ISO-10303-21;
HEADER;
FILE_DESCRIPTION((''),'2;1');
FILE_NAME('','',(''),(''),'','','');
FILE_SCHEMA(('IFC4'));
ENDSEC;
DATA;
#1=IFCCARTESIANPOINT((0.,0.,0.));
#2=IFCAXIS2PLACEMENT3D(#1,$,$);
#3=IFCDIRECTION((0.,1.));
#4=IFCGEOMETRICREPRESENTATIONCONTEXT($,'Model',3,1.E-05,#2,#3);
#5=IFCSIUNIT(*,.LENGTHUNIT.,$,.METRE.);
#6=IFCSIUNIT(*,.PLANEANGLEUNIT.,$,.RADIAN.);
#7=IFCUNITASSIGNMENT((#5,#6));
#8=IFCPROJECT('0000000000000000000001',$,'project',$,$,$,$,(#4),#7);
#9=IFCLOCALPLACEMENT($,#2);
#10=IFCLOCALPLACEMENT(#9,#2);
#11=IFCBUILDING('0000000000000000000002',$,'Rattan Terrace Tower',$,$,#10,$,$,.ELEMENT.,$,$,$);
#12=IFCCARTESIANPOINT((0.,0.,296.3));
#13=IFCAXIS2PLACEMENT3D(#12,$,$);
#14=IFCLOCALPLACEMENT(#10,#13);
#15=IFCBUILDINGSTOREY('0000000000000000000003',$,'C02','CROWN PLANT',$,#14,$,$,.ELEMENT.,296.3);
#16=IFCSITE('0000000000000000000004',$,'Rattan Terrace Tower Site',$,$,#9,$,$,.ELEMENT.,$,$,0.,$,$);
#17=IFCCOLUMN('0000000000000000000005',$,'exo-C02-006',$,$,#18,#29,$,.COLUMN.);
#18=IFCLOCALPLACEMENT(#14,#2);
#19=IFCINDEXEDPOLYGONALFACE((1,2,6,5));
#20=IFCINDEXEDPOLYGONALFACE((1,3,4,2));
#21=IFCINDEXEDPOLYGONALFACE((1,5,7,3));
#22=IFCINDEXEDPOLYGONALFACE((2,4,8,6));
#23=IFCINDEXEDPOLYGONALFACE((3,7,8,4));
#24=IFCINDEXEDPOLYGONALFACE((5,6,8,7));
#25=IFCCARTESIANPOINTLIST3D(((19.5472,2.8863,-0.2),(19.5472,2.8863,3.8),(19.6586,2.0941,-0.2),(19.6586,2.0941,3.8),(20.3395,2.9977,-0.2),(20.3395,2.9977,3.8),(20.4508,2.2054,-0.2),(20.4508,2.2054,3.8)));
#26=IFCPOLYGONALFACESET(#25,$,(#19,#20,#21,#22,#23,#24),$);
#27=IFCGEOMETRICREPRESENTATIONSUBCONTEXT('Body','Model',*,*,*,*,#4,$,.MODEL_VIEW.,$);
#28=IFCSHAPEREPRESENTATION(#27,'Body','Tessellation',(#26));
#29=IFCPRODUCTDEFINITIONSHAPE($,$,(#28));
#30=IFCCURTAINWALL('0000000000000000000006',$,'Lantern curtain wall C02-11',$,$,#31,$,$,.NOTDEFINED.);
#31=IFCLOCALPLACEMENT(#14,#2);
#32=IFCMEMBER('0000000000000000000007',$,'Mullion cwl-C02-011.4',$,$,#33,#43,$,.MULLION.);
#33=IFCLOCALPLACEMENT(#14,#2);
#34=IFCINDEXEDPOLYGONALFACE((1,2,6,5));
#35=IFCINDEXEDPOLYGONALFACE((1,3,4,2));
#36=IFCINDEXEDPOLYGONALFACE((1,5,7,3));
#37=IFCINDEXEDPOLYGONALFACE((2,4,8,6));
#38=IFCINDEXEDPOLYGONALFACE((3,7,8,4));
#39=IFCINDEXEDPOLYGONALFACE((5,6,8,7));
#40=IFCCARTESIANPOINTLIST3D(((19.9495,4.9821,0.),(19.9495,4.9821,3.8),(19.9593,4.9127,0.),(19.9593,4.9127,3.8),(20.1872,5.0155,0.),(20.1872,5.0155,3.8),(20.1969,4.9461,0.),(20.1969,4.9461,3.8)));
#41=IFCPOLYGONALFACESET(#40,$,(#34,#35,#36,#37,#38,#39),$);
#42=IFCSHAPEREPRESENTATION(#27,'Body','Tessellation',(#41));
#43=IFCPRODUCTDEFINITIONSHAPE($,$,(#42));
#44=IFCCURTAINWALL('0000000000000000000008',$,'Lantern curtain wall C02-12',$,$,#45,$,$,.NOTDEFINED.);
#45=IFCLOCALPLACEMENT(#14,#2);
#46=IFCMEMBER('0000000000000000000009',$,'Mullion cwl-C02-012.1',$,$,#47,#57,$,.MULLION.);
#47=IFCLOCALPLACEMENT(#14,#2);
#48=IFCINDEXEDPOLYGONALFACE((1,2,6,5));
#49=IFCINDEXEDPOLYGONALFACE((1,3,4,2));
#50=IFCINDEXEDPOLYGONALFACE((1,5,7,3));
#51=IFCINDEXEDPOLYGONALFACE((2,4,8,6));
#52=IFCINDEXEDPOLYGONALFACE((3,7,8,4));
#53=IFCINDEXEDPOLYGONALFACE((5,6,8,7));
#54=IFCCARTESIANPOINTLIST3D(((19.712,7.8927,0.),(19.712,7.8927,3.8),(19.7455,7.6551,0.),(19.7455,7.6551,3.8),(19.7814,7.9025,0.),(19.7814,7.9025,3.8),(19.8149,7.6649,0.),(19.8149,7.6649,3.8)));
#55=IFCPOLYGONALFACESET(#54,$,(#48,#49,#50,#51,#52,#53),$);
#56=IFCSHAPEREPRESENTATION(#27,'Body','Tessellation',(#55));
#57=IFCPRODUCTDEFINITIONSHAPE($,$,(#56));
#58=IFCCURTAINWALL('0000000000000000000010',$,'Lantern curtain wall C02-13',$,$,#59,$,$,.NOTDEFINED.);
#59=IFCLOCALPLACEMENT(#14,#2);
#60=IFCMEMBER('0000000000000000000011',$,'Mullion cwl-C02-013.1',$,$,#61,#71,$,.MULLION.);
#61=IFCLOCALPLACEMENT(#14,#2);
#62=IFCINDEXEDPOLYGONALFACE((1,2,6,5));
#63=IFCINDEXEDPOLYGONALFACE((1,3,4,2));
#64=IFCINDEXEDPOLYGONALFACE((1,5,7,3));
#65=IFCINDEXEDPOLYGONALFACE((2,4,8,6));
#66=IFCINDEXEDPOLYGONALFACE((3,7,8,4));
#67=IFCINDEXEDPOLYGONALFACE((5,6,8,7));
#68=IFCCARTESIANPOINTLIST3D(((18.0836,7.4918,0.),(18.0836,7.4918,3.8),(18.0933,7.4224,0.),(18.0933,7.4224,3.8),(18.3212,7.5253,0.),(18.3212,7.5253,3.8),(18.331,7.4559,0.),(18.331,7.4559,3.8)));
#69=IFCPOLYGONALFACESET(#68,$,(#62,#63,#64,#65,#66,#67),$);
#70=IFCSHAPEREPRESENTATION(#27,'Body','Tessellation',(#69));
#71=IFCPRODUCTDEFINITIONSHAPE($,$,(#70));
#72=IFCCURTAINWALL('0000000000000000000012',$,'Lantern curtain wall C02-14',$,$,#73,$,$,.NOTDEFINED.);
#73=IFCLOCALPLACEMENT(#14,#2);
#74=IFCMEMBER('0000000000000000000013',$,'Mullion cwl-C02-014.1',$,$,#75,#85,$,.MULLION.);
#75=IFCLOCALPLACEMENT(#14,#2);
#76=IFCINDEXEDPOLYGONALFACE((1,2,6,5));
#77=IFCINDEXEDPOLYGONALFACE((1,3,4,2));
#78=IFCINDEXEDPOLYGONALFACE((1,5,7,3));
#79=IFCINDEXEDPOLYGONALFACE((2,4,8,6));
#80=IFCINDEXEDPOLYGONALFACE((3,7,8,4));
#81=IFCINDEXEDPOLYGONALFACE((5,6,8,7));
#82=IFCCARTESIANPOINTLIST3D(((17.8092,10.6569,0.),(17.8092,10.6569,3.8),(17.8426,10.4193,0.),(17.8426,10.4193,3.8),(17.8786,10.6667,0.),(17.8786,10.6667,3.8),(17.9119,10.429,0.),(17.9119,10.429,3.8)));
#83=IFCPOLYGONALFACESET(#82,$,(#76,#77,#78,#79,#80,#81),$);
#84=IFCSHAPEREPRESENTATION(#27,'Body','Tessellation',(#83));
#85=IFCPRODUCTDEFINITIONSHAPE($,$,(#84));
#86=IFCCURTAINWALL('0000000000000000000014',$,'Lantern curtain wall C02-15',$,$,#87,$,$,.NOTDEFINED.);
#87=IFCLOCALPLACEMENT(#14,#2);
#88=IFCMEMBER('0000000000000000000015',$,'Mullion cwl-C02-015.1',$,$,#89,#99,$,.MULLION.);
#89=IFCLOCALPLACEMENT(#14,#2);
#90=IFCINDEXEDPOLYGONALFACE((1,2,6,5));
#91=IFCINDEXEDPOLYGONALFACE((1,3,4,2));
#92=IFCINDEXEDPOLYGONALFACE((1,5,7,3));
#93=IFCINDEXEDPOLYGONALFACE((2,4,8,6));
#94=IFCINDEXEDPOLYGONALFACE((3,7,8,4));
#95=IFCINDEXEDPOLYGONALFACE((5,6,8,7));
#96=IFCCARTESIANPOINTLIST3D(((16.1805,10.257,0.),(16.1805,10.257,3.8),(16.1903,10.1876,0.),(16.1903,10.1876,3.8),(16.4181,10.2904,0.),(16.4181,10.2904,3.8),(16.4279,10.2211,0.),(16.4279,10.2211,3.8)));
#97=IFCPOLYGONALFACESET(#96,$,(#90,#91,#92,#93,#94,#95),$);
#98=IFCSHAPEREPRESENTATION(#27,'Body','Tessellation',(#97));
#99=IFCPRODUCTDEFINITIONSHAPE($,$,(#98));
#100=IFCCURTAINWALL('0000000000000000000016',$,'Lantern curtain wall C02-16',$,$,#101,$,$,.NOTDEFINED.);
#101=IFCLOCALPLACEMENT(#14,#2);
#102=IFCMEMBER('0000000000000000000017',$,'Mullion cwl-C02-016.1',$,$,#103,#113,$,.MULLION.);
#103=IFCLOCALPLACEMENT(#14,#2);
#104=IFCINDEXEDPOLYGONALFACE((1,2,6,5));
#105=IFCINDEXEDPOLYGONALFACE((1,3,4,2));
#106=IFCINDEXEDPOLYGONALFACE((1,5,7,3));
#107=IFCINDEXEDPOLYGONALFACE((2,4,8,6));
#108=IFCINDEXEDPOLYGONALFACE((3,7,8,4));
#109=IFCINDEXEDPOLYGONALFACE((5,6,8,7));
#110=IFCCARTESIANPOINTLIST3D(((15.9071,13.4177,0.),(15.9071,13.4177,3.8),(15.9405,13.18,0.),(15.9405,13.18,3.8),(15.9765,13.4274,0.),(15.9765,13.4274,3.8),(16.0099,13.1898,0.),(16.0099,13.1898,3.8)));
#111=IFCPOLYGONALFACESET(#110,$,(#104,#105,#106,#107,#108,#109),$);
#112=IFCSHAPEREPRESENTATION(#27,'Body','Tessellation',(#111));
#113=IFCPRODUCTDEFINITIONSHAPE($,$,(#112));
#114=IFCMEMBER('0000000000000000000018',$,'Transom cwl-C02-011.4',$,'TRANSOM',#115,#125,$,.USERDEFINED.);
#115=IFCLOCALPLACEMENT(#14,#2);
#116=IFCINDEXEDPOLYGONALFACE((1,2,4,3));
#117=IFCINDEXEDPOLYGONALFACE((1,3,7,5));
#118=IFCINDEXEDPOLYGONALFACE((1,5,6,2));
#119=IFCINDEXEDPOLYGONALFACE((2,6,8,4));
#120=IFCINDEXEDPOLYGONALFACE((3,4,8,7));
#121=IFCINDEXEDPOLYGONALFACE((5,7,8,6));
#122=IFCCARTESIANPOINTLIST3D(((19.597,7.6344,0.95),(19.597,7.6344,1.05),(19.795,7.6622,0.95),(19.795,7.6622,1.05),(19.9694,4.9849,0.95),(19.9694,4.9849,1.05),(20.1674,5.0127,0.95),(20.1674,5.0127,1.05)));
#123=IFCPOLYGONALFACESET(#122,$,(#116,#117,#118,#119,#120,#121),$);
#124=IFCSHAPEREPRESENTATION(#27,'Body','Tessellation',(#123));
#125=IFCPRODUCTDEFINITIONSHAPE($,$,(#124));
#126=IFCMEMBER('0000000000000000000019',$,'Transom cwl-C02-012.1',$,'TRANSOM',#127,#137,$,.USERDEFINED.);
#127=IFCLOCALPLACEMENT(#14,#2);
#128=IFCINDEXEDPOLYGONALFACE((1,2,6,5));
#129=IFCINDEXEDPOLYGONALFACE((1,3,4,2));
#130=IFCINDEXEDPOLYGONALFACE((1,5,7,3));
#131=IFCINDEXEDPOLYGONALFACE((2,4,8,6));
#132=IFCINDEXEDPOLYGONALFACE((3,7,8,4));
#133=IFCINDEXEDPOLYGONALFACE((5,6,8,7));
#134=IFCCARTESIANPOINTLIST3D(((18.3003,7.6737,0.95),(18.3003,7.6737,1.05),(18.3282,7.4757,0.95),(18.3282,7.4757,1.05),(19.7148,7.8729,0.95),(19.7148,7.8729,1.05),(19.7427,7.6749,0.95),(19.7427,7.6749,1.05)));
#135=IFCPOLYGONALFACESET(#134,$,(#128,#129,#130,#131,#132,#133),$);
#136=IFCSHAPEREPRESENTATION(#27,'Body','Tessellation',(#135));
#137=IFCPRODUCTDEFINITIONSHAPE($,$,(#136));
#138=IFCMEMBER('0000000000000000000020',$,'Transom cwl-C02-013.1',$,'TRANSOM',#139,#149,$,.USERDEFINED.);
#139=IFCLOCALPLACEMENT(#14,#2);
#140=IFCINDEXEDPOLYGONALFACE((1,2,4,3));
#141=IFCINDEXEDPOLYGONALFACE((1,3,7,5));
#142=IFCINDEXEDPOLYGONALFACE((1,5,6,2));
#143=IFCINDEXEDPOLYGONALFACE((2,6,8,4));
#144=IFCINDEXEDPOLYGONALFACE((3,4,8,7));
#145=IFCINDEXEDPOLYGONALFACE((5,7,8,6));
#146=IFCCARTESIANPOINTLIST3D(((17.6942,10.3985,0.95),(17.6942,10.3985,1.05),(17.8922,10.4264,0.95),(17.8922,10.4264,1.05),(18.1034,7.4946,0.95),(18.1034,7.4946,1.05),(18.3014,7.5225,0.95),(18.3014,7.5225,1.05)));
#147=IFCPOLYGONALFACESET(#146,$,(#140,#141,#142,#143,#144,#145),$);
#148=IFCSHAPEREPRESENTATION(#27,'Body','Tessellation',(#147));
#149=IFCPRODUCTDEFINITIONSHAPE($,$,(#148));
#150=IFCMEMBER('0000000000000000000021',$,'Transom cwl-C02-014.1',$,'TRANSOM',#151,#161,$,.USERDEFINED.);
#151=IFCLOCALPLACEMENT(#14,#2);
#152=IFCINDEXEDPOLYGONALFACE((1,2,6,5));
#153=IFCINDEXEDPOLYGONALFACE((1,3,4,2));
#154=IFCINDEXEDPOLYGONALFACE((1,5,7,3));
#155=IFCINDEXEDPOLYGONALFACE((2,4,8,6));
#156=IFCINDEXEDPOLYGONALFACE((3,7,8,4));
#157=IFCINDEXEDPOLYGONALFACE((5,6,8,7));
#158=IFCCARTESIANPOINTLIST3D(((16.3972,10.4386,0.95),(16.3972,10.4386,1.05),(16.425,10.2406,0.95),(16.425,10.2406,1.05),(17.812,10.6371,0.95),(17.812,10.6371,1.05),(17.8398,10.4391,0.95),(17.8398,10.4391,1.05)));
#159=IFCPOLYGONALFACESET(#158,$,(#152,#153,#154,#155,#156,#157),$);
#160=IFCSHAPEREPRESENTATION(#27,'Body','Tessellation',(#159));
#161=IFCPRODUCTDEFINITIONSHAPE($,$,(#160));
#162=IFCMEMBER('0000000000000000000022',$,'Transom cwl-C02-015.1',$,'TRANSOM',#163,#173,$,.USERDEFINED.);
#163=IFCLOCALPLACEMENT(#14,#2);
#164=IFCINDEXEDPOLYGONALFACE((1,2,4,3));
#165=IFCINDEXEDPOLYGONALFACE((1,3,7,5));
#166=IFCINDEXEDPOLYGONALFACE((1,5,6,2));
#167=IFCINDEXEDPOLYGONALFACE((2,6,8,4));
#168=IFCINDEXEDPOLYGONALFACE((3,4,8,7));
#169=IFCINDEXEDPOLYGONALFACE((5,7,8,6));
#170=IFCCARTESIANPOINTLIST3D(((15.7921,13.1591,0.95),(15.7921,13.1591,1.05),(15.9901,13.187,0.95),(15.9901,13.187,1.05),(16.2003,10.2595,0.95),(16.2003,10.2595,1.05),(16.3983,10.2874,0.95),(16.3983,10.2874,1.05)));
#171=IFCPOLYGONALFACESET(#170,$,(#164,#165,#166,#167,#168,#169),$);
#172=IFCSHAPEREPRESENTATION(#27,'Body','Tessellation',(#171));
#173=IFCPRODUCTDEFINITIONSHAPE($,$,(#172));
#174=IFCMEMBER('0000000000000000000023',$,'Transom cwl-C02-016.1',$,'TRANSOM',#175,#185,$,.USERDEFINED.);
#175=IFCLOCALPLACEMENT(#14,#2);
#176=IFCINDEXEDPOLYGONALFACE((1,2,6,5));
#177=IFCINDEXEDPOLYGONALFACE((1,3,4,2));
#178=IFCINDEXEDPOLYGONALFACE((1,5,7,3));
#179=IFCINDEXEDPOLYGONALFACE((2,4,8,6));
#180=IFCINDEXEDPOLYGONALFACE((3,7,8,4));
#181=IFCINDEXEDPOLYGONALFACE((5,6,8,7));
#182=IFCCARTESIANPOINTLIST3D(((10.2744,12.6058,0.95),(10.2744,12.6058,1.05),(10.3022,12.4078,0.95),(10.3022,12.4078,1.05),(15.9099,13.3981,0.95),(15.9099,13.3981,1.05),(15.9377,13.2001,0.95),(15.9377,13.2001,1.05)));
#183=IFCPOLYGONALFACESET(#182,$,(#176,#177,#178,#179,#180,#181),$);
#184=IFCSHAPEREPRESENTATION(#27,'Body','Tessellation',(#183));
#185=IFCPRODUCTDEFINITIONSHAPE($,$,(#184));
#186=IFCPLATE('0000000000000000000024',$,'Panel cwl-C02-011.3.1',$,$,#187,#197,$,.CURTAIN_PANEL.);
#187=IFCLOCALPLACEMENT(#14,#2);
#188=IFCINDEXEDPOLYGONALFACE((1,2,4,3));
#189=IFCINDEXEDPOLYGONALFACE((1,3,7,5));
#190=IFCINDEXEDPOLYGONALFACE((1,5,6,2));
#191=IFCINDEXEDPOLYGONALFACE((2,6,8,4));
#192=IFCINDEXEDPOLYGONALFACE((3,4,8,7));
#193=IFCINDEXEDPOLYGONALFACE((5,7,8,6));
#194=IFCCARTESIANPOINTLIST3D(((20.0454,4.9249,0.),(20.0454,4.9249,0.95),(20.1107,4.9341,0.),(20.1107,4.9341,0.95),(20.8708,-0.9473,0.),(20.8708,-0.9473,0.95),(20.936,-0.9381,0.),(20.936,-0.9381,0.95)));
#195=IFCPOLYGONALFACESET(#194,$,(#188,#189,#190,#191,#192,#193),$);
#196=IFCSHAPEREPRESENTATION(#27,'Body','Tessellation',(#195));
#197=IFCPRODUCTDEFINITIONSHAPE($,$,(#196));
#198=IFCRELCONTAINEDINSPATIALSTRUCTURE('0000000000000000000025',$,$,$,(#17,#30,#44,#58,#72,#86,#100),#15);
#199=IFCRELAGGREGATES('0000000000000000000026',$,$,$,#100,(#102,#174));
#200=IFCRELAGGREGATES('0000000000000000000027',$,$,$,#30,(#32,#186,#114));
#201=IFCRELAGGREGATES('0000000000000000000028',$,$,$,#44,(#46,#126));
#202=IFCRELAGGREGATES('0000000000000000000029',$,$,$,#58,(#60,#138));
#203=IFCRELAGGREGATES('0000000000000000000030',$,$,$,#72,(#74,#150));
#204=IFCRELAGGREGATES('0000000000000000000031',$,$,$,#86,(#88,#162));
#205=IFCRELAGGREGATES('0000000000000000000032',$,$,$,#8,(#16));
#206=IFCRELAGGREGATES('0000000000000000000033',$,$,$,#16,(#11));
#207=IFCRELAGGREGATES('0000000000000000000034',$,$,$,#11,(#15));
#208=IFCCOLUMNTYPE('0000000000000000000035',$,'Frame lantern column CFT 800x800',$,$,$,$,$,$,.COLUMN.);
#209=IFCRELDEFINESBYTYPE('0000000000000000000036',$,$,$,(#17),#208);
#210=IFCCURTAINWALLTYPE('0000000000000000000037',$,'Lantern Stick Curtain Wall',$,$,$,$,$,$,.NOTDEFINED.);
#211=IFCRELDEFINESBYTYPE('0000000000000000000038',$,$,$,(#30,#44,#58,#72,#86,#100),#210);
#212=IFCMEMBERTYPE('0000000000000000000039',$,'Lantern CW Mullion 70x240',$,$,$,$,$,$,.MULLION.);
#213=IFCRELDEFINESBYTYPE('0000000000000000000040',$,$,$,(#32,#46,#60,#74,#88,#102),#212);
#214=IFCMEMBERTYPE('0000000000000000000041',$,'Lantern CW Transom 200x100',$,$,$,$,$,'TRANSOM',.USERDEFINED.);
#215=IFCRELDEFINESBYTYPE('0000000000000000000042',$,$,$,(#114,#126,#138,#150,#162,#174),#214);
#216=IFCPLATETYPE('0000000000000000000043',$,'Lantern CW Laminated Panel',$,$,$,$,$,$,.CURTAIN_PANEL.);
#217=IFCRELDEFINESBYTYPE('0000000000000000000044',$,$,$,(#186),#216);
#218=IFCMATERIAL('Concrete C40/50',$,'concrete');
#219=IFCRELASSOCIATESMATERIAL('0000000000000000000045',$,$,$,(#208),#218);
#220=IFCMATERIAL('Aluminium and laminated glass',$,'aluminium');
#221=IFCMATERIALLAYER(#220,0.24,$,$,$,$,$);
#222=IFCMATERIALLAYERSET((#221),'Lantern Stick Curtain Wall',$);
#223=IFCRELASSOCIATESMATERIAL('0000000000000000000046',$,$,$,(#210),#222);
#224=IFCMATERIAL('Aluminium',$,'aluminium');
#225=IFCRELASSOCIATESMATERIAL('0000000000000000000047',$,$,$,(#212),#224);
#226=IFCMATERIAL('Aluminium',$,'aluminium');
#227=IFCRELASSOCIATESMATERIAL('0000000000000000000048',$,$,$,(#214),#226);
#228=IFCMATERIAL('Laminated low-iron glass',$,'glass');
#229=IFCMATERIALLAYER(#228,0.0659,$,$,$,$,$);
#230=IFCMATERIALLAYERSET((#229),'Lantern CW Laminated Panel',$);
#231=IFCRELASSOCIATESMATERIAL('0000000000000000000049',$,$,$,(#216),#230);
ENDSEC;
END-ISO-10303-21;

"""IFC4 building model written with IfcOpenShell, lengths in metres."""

from ifc_helpers import new_model, si_unit, direction, frame, origin, origin_2d, place, context, subcontext, project, spatial, rectangle, extrude, material, layer, layer_set, material_profile, profile_set, type_object, element, aggregate, save


model = new_model("IFC4")

# Units and contexts
model_context = context("Model", 3, precision=1e-05, world=origin(), true_north=direction((0.0, 1.0)))
body_context = subcontext(model_context, "Body", "Model", "MODEL_VIEW")
ifc_project = project(units=[si_unit("LENGTHUNIT", "METRE"), si_unit("PLANEANGLEUNIT", "RADIAN")], contexts=[model_context])

# Site, building, storey
site_placement = place(None, origin())
site = spatial("IfcSite", under=ifc_project, at=site_placement, Name="Rattan Terrace Tower Site", CompositionType="ELEMENT", RefElevation=0.0)
building_placement = place(site_placement, origin())
building = spatial("IfcBuilding", under=site, at=building_placement, Name="Rattan Terrace Tower", CompositionType="ELEMENT")
storey_placement = place(building_placement, frame((0.0, 0.0, 296.3)))
storey = spatial("IfcBuildingStorey", under=building, at=storey_placement, Name="C02", Description="CROWN PLANT", CompositionType="ELEMENT", Elevation=296.3)

# Column
ifc_material_1 = material(Name="Concrete C40/50", Category="concrete")
ifc_material_profile_1 = material_profile(ifc_material_1, rectangle(XDim=0.8, YDim=0.8, at=origin_2d()), Name="CFT 800x800")
ifc_profile_set_1 = profile_set([ifc_material_profile_1], Name="Concrete C40/50")
column_type = type_object("IfcColumnType", Name="Frame lantern column CFT 800x800", PredefinedType="COLUMN", material=ifc_profile_set_1)
column_placement = place(storey_placement, frame((19.999, 2.5459, -0.2), z_axis=(0.0, 0.0, 1.0), x_axis=(-0.13919, 0.990266, 0.0)))
element("IfcColumn", 1, at=column_placement, inside=storey, type_object=column_type, Name="exo-C02-006", PredefinedType="COLUMN", context=body_context, shape_type="SweptSolid", body=[
    extrude(rectangle(XDim=0.8, YDim=0.8, at=origin_2d()), origin(), (0.0, 0.0, 1.0), 4.0),
])

# Curtain walls, members
ifc_material_2 = material(Name="Aluminium and laminated glass", Category="aluminium")
ifc_layer_1 = layer(ifc_material_2, 0.24)
ifc_layer_set_1 = layer_set([ifc_layer_1], Name="Lantern Stick Curtain Wall")
curtain_wall_type = type_object("IfcCurtainWallType", Name="Lantern Stick Curtain Wall", PredefinedType="NOTDEFINED", material=ifc_layer_set_1)
curtain_wall_1_placement = place(storey_placement, origin())
curtain_wall_1 = element("IfcCurtainWall", 2, at=curtain_wall_1_placement, inside=storey, type_object=curtain_wall_type, Name="Lantern curtain wall C02-11", PredefinedType="NOTDEFINED")
ifc_material_3 = material(Name="Aluminium", Category="aluminium")
ifc_material_profile_2 = material_profile(ifc_material_3, rectangle(XDim=0.0701, YDim=0.24, at=origin_2d()), Name="Aluminium 70x240")
ifc_profile_set_2 = profile_set([ifc_material_profile_2], Name="Aluminium")
member_type_1 = type_object("IfcMemberType", Name="Lantern CW Mullion 70x240", PredefinedType="MULLION", material=ifc_profile_set_2)
member_1_placement = place(storey_placement, frame((20.0732, 4.9641, 0.0), z_axis=(0.0, 0.0, 1.0), x_axis=(-0.139188, 0.990266, 0.0)))
member_1 = element("IfcMember", 3, at=member_1_placement, type_object=member_type_1, Name="Mullion cwl-C02-011.4", PredefinedType="MULLION", context=body_context, shape_type="SweptSolid", body=[
    extrude(rectangle(XDim=0.0701, YDim=0.24, at=origin_2d()), origin(), (0.0, 0.0, 1.0), 3.8),
])
curtain_wall_2_placement = place(storey_placement, origin())
curtain_wall_2 = element("IfcCurtainWall", 4, at=curtain_wall_2_placement, inside=storey, type_object=curtain_wall_type, Name="Lantern curtain wall C02-12", PredefinedType="NOTDEFINED")
member_2_placement = place(storey_placement, frame((19.7634, 7.7788, 0.0), z_axis=(0.0, 0.0, 1.0), x_axis=(-0.990228, -0.139459, 0.0)))
member_2 = element("IfcMember", 5, at=member_2_placement, type_object=member_type_1, Name="Mullion cwl-C02-012.1", PredefinedType="MULLION", context=body_context, shape_type="SweptSolid", body=[
    extrude(rectangle(XDim=0.0701, YDim=0.24, at=origin_2d()), origin(), (0.0, 0.0, 1.0), 3.8),
])
curtain_wall_3_placement = place(storey_placement, origin())
curtain_wall_3 = element("IfcCurtainWall", 6, at=curtain_wall_3_placement, inside=storey, type_object=curtain_wall_type, Name="Lantern curtain wall C02-13", PredefinedType="NOTDEFINED")
member_3_placement = place(storey_placement, frame((18.2073, 7.4739, 0.0), z_axis=(0.0, 0.0, 1.0), x_axis=(-0.139556, 0.990214, 0.0)))
member_3 = element("IfcMember", 7, at=member_3_placement, type_object=member_type_1, Name="Mullion cwl-C02-013.1", PredefinedType="MULLION", context=body_context, shape_type="SweptSolid", body=[
    extrude(rectangle(XDim=0.0701, YDim=0.24, at=origin_2d()), origin(), (0.0, 0.0, 1.0), 3.8),
])
curtain_wall_4_placement = place(storey_placement, origin())
curtain_wall_4 = element("IfcCurtainWall", 8, at=curtain_wall_4_placement, inside=storey, type_object=curtain_wall_type, Name="Lantern curtain wall C02-14", PredefinedType="NOTDEFINED")
member_4_placement = place(storey_placement, frame((17.8606, 10.543, 0.0), z_axis=(0.0, 0.0, 1.0), x_axis=(-0.99032, -0.138805, 0.0)))
member_4 = element("IfcMember", 9, at=member_4_placement, type_object=member_type_1, Name="Mullion cwl-C02-014.1", PredefinedType="MULLION", context=body_context, shape_type="SweptSolid", body=[
    extrude(rectangle(XDim=0.0701, YDim=0.24, at=origin_2d()), origin(), (0.0, 0.0, 1.0), 3.8),
])
curtain_wall_5_placement = place(storey_placement, origin())
curtain_wall_5 = element("IfcCurtainWall", 10, at=curtain_wall_5_placement, inside=storey, type_object=curtain_wall_type, Name="Lantern curtain wall C02-15", PredefinedType="NOTDEFINED")
member_5_placement = place(storey_placement, frame((16.3042, 10.239, 0.0), z_axis=(0.0, 0.0, 1.0), x_axis=(-0.139413, 0.990234, 0.0)))
member_5 = element("IfcMember", 11, at=member_5_placement, type_object=member_type_1, Name="Mullion cwl-C02-015.1", PredefinedType="MULLION", context=body_context, shape_type="SweptSolid", body=[
    extrude(rectangle(XDim=0.0701, YDim=0.24, at=origin_2d()), origin(), (0.0, 0.0, 1.0), 3.8),
])
curtain_wall_6_placement = place(storey_placement, origin())
curtain_wall_6 = element("IfcCurtainWall", 12, at=curtain_wall_6_placement, inside=storey, type_object=curtain_wall_type, Name="Lantern curtain wall C02-16", PredefinedType="NOTDEFINED")
member_6_placement = place(storey_placement, frame((15.9585, 13.3037, 0.0), z_axis=(0.0, 0.0, 1.0), x_axis=(-0.990267, -0.139181, 0.0)))
member_6 = element("IfcMember", 13, at=member_6_placement, type_object=member_type_1, Name="Mullion cwl-C02-016.1", PredefinedType="MULLION", context=body_context, shape_type="SweptSolid", body=[
    extrude(rectangle(XDim=0.0701, YDim=0.24, at=origin_2d()), origin(), (0.0, 0.0, 1.0), 3.8),
])

# Members
ifc_material_4 = material(Name="Aluminium", Category="aluminium")
ifc_material_profile_3 = material_profile(ifc_material_4, rectangle(XDim=0.2, YDim=0.1001, at=origin_2d()), Name="Aluminium 200x100")
ifc_profile_set_3 = profile_set([ifc_material_profile_3], Name="Aluminium")
member_type_2 = type_object("IfcMemberType", Name="Lantern CW Transom 200x100", ElementType="TRANSOM", PredefinedType="USERDEFINED", material=ifc_profile_set_3)
member_7_placement = place(storey_placement, frame((20.0684, 4.9988, 1.0), z_axis=(-0.13916, 0.99027, 0.0), x_axis=(-0.99027, -0.13916, 0.0)))
member_7 = element("IfcMember", 14, at=member_7_placement, type_object=member_type_2, Name="Transom cwl-C02-011.4", ObjectType="TRANSOM", PredefinedType="USERDEFINED", context=body_context, shape_type="SweptSolid", body=[
    extrude(rectangle(XDim=0.2, YDim=0.1001, at=origin_2d()), origin(), (0.0, 0.0, 1.0), 2.6755),
])
member_8_placement = place(storey_placement, frame((19.7288, 7.7739, 1.0), z_axis=(-0.990228, -0.139459, 0.0), x_axis=(0.139459, -0.990228, 0.0)))
member_8 = element("IfcMember", 15, at=member_8_placement, type_object=member_type_2, Name="Transom cwl-C02-012.1", ObjectType="TRANSOM", PredefinedType="USERDEFINED", context=body_context, shape_type="SweptSolid", body=[
    extrude(rectangle(XDim=0.2, YDim=0.1001, at=origin_2d()), origin(), (0.0, 0.0, 1.0), 1.4285),
])
member_9_placement = place(storey_placement, frame((18.2024, 7.5085, 1.0), z_axis=(-0.139533, 0.990217, 0.0), x_axis=(-0.990217, -0.139533, 0.0)))
member_9 = element("IfcMember", 16, at=member_9_placement, type_object=member_type_2, Name="Transom cwl-C02-013.1", ObjectType="TRANSOM", PredefinedType="USERDEFINED", context=body_context, shape_type="SweptSolid", body=[
    extrude(rectangle(XDim=0.2, YDim=0.1001, at=origin_2d()), origin(), (0.0, 0.0, 1.0), 2.9326),
])
member_10_placement = place(storey_placement, frame((17.8259, 10.5381, 1.0), z_axis=(-0.990302, -0.138933, 0.0), x_axis=(0.138933, -0.990302, 0.0)))
member_10 = element("IfcMember", 17, at=member_10_placement, type_object=member_type_2, Name="Transom cwl-C02-014.1", ObjectType="TRANSOM", PredefinedType="USERDEFINED", context=body_context, shape_type="SweptSolid", body=[
    extrude(rectangle(XDim=0.2, YDim=0.1001, at=origin_2d()), origin(), (0.0, 0.0, 1.0), 1.4287),
])
member_11_placement = place(storey_placement, frame((16.2993, 10.2734, 1.0), z_axis=(-0.139402, 0.990236, 0.0), x_axis=(-0.990236, -0.139402, 0.0)))
member_11 = element("IfcMember", 18, at=member_11_placement, type_object=member_type_2, Name="Transom cwl-C02-015.1", ObjectType="TRANSOM", PredefinedType="USERDEFINED", context=body_context, shape_type="SweptSolid", body=[
    extrude(rectangle(XDim=0.2, YDim=0.1001, at=origin_2d()), origin(), (0.0, 0.0, 1.0), 2.9282),
])
member_12_placement = place(storey_placement, frame((15.9238, 13.2991, 1.0), z_axis=(-0.990263, -0.139211, 0.0), x_axis=(0.139211, -0.990263, 0.0)))
member_12 = element("IfcMember", 19, at=member_12_placement, type_object=member_type_2, Name="Transom cwl-C02-016.1", ObjectType="TRANSOM", PredefinedType="USERDEFINED", context=body_context, shape_type="SweptSolid", body=[
    extrude(rectangle(XDim=0.2, YDim=0.1001, at=origin_2d()), origin(), (0.0, 0.0, 1.0), 5.6909),
])
aggregate(curtain_wall_6, [member_6, member_12])

# Plate
ifc_material_5 = material(Name="Laminated low-iron glass", Category="glass")
ifc_layer_2 = layer(ifc_material_5, 0.0659)
ifc_layer_set_2 = layer_set([ifc_layer_2], Name="Lantern CW Laminated Panel")
plate_type = type_object("IfcPlateType", Name="Lantern CW Laminated Panel", PredefinedType="CURTAIN_PANEL", material=ifc_layer_set_2)
plate_1_placement = place(storey_placement, frame((20.4907, 1.9934, 0.0), z_axis=(0.0, 0.0, 1.0), x_axis=(-0.139188, 0.990266, 0.0)))
plate_1 = element("IfcPlate", 20, at=plate_1_placement, type_object=plate_type, Name="Panel cwl-C02-011.3.1", PredefinedType="CURTAIN_PANEL", context=body_context, shape_type="SweptSolid", body=[
    extrude(rectangle(XDim=5.9299, YDim=0.0659, at=origin_2d()), origin(), (0.0, 0.0, 1.0), 0.95),
])
aggregate(curtain_wall_1, [member_1, plate_1, member_7])
aggregate(curtain_wall_2, [member_2, member_8])
aggregate(curtain_wall_3, [member_3, member_9])
aggregate(curtain_wall_4, [member_4, member_10])
aggregate(curtain_wall_5, [member_5, member_11])

save(model, "model.ifc")
